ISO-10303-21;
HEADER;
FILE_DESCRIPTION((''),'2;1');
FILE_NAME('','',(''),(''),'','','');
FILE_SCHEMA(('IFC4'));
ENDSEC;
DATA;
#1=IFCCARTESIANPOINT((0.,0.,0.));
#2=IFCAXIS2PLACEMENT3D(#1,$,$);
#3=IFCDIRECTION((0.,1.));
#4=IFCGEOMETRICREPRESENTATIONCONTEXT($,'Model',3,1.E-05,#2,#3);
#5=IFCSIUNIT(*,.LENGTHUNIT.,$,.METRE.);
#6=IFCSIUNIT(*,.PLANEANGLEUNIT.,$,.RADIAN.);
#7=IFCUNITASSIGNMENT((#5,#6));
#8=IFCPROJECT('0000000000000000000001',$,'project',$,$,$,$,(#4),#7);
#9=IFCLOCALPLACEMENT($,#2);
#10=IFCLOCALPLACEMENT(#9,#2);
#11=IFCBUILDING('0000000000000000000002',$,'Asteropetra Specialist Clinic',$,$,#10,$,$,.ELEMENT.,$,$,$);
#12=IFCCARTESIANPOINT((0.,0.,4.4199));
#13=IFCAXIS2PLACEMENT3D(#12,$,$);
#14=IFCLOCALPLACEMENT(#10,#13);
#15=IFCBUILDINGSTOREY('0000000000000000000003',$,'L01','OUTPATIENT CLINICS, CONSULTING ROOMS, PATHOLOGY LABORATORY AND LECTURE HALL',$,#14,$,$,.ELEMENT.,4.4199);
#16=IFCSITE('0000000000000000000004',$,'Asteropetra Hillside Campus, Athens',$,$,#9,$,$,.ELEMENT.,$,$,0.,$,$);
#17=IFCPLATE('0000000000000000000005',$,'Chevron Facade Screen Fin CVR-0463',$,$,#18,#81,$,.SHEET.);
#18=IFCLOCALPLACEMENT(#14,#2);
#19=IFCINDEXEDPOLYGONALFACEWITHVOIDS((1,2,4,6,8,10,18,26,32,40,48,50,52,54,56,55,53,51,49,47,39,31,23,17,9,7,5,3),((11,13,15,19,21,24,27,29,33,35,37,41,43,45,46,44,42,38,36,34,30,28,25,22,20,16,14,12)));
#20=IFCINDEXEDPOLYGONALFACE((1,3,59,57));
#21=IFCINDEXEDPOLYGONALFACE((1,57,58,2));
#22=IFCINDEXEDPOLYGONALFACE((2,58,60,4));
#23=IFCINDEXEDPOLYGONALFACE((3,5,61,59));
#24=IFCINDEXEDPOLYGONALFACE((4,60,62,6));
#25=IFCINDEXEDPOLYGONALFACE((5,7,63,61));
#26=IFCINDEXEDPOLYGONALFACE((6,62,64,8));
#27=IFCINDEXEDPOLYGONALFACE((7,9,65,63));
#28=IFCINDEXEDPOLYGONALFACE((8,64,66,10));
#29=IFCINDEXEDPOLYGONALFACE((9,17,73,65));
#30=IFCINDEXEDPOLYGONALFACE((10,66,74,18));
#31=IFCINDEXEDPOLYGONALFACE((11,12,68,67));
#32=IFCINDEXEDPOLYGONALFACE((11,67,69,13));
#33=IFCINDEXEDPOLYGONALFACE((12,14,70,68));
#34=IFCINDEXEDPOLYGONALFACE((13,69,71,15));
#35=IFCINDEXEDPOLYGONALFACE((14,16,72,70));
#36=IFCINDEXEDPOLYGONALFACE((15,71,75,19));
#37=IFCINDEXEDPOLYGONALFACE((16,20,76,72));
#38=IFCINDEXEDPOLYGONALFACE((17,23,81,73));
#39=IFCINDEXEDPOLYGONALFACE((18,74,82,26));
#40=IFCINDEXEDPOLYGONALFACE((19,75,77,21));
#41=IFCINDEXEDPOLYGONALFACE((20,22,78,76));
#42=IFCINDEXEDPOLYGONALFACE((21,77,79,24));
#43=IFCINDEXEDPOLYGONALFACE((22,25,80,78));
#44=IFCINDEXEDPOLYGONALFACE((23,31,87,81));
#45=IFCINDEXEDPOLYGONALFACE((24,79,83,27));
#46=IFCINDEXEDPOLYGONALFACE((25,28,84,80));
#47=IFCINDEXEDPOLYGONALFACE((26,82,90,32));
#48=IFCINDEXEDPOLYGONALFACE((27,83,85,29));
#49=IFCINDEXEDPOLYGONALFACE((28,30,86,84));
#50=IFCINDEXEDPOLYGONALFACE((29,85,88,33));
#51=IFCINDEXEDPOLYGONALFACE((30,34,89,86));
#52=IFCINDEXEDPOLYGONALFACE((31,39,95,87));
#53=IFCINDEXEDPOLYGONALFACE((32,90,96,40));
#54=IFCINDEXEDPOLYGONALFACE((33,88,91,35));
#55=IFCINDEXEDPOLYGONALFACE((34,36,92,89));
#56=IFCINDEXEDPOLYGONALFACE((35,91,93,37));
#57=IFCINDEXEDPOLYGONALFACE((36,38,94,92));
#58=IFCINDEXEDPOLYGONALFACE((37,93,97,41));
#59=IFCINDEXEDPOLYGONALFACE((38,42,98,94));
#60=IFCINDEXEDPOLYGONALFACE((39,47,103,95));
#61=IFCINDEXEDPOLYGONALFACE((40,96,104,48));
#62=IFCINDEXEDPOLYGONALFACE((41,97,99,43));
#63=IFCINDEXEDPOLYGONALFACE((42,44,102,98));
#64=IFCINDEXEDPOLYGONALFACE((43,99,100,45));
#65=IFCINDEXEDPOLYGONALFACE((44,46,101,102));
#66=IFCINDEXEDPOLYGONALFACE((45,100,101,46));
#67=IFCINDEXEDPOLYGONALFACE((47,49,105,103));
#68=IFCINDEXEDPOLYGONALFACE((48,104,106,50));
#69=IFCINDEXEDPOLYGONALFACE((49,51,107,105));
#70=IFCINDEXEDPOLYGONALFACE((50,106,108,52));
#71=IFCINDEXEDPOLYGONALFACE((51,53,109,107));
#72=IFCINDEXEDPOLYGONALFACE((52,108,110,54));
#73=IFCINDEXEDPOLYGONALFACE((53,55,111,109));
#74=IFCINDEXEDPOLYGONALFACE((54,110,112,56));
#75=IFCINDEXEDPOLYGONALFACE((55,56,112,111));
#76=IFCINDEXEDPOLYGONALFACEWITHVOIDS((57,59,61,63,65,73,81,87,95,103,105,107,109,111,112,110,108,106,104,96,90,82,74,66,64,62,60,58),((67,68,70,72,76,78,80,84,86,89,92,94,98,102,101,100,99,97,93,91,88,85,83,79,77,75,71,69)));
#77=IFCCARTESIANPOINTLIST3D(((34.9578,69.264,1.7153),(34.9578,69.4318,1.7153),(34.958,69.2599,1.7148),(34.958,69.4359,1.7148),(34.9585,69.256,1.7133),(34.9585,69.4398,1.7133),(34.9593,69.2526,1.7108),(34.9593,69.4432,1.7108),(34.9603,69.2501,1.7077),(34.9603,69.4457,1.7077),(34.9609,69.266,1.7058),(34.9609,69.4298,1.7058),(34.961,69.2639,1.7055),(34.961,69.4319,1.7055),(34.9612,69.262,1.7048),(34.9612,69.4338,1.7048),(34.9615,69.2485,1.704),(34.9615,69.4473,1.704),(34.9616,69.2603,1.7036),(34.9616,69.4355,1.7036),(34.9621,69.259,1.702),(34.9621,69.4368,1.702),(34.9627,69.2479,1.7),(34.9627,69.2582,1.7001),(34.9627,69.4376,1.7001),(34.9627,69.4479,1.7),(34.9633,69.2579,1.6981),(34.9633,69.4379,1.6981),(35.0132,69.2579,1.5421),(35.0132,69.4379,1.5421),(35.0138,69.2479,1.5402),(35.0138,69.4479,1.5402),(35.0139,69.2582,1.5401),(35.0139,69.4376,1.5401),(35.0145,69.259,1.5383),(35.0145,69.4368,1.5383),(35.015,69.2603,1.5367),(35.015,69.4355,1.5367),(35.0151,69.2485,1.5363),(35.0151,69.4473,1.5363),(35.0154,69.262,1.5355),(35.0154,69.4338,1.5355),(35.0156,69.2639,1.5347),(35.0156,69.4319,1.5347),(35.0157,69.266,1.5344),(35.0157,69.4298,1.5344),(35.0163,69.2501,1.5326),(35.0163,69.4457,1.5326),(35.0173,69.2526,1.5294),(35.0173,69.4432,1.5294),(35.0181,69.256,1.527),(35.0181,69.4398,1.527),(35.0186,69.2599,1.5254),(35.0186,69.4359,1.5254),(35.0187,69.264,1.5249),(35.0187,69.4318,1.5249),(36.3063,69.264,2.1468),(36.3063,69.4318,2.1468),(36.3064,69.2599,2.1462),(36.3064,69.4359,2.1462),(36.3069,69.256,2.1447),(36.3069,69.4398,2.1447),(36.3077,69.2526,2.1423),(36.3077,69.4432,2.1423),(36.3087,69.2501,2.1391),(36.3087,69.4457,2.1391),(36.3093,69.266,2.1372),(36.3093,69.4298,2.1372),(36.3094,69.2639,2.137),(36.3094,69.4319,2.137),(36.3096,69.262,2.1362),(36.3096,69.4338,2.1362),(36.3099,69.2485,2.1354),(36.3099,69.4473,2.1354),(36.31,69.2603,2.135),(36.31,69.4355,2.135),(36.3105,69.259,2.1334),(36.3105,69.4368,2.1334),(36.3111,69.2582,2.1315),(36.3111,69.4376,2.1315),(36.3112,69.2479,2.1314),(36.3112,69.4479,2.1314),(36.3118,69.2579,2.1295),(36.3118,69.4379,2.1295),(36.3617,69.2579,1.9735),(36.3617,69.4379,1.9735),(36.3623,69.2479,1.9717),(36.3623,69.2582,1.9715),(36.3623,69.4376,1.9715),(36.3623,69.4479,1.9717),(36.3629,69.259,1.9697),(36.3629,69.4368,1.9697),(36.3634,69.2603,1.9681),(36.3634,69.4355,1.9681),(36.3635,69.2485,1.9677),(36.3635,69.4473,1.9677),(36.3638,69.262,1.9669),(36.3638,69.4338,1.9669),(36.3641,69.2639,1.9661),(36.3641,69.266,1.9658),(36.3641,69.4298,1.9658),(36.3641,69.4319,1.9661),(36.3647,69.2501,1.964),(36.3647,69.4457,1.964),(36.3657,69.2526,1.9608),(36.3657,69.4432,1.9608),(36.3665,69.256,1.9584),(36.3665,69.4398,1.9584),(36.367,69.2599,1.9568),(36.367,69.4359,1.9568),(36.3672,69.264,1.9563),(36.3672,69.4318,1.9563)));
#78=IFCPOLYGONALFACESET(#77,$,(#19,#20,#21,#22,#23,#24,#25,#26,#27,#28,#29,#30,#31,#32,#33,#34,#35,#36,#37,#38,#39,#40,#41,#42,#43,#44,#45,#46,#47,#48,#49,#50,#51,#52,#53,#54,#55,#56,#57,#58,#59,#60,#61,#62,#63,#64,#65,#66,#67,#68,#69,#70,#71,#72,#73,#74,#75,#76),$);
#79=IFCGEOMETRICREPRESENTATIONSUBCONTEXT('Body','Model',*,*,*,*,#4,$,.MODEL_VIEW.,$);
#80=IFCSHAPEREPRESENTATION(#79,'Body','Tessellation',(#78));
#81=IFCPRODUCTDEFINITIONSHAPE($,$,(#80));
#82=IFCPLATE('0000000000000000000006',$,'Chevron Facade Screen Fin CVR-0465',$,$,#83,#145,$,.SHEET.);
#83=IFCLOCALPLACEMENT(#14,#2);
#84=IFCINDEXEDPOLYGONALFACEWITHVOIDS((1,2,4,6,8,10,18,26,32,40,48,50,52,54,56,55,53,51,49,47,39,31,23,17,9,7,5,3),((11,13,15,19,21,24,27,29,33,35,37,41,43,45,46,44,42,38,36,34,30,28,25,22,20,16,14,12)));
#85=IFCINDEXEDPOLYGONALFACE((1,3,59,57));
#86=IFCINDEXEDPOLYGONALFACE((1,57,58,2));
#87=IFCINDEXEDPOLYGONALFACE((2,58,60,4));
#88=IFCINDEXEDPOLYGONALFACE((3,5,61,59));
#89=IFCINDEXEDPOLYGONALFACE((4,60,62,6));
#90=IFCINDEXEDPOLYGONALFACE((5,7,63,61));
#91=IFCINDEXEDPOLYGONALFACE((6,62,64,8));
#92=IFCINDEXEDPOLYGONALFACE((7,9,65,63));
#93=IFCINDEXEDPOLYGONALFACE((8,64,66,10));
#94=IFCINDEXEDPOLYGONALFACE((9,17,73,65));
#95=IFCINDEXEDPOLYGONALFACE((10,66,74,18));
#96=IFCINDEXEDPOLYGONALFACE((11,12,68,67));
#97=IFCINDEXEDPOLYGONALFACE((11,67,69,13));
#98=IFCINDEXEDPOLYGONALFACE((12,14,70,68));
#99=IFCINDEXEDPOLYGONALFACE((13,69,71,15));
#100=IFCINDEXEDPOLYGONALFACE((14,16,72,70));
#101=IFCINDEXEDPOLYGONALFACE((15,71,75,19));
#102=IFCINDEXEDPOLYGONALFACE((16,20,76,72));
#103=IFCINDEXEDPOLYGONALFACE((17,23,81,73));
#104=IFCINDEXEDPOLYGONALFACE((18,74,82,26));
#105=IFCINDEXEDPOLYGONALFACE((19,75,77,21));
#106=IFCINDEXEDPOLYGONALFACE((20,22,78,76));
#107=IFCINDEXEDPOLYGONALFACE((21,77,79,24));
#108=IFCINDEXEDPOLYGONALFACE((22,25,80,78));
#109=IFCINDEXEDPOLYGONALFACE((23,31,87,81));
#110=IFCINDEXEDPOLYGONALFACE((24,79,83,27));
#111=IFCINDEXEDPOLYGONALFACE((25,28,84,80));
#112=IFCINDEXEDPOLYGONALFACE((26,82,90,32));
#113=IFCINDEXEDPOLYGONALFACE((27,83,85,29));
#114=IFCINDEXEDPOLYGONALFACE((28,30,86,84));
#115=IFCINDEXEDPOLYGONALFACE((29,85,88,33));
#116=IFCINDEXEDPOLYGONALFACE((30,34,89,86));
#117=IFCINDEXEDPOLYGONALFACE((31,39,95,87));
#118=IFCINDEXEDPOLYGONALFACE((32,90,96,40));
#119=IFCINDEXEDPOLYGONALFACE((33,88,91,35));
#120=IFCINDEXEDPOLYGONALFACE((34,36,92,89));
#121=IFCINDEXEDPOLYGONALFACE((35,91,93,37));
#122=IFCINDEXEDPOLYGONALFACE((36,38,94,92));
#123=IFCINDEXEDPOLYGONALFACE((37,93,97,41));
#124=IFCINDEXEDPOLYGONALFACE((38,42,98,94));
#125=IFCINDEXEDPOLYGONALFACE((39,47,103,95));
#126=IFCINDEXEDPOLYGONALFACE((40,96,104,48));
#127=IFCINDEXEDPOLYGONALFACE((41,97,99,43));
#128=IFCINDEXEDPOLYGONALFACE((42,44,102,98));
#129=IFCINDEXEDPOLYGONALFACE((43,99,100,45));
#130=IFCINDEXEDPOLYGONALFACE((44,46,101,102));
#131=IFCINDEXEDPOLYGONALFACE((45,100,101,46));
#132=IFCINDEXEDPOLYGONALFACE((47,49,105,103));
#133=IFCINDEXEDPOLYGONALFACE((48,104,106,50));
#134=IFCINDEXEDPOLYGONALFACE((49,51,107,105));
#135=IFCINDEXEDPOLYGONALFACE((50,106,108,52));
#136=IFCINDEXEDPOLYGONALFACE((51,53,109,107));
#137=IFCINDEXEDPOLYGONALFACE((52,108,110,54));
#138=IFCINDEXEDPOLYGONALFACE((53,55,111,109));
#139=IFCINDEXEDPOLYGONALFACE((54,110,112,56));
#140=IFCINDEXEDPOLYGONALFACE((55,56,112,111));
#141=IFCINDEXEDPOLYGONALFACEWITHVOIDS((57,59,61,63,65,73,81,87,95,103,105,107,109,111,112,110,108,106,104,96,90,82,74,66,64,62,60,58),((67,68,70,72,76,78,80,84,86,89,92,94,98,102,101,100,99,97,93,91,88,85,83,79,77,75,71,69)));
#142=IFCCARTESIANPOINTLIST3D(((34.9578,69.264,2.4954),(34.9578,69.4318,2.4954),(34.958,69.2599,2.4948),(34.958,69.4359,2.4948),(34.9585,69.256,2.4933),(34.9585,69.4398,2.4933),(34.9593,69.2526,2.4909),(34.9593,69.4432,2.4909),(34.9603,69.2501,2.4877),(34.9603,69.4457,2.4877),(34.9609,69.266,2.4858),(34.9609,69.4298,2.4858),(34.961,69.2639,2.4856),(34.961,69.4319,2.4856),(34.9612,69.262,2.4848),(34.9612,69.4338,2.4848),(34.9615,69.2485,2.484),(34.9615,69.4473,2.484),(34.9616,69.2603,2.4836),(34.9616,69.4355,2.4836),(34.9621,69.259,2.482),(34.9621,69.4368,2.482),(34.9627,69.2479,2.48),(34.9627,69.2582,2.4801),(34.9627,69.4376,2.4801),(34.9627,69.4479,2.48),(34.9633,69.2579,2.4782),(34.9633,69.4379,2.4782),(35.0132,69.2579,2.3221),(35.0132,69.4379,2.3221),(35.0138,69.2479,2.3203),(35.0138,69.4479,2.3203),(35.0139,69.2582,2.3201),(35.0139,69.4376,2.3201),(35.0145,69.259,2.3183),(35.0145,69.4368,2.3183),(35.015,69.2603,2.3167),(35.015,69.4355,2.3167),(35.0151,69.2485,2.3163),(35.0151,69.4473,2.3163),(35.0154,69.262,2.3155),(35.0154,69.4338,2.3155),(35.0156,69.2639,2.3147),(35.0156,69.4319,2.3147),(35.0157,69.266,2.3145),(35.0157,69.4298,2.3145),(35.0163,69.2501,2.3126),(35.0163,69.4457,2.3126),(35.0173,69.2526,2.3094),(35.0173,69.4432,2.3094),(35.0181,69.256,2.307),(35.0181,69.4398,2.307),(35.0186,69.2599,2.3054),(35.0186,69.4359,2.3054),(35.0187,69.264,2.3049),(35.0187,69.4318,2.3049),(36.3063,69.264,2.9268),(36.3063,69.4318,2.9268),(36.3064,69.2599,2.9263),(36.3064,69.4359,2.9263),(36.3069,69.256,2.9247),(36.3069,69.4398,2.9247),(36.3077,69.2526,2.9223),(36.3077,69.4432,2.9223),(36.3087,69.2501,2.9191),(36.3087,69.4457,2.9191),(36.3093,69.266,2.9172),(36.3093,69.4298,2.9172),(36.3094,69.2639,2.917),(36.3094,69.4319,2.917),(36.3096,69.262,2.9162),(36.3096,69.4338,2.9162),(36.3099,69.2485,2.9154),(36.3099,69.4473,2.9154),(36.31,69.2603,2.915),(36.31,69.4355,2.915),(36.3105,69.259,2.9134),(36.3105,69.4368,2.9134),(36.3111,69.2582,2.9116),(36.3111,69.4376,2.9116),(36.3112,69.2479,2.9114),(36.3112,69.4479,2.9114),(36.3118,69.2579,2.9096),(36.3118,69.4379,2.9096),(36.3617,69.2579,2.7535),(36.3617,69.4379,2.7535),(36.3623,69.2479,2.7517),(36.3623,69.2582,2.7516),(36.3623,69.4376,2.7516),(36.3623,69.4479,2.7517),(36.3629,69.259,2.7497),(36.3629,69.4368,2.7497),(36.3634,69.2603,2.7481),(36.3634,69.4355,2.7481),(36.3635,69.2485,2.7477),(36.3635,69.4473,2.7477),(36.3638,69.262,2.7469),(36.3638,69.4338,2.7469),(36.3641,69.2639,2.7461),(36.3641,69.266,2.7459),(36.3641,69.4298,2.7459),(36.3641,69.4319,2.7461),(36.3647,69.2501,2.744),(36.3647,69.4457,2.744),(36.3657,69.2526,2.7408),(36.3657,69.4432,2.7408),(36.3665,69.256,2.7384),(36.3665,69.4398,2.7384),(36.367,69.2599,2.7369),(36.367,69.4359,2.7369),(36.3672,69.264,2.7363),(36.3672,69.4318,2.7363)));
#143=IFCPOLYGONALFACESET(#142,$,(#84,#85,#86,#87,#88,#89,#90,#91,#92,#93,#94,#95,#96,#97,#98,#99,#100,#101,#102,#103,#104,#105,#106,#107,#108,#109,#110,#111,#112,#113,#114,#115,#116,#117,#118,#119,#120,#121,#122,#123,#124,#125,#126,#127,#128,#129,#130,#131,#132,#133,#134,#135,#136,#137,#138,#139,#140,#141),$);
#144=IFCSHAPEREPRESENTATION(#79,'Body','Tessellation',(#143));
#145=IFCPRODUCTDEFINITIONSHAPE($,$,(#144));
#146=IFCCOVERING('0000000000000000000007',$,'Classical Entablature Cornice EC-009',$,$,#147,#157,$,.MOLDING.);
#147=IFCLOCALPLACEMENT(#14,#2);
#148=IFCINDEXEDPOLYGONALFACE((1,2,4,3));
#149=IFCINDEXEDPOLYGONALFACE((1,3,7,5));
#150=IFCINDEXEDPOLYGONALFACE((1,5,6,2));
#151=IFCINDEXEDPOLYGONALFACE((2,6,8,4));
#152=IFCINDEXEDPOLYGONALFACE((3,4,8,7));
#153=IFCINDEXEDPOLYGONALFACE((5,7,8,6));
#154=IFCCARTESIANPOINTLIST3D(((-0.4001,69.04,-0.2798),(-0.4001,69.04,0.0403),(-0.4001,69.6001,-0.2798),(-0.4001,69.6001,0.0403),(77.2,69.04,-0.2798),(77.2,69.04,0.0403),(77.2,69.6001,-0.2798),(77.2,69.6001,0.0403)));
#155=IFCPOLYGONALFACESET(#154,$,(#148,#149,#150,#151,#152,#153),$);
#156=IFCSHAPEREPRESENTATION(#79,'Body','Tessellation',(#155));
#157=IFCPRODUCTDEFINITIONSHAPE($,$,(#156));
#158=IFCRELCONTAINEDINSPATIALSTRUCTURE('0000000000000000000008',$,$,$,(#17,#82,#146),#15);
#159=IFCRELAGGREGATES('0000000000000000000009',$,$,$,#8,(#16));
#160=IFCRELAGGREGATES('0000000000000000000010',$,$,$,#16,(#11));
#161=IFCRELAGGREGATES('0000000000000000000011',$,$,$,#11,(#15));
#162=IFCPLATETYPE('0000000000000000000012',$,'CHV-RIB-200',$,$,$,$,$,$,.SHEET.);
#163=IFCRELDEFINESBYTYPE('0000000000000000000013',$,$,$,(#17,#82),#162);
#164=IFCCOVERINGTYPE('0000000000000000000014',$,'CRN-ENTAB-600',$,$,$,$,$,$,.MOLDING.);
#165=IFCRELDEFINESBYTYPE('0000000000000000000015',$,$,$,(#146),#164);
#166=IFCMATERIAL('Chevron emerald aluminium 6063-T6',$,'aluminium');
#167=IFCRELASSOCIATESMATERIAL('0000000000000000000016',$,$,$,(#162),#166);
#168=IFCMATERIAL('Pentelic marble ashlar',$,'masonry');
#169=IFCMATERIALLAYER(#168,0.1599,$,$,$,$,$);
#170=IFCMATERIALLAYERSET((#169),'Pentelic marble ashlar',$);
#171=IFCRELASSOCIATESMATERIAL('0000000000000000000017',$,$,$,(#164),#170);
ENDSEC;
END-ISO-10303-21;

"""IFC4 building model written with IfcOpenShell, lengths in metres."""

from ifc_helpers import new_model, si_unit, direction, frame, origin, origin_2d, place, context, subcontext, project, spatial, rectangle, hollow_rectangle, extrude, material, layer, layer_set, material_profile, profile_set, type_object, element, save


model = new_model("IFC4")

# Units and contexts
model_context = context("Model", 3, precision=1e-05, world=origin(), true_north=direction((0.0, 1.0)))
body_context = subcontext(model_context, "Body", "Model", "MODEL_VIEW")
ifc_project = project(units=[si_unit("LENGTHUNIT", "METRE"), si_unit("PLANEANGLEUNIT", "RADIAN")], contexts=[model_context])

# Site, building, storey
site_placement = place(None, origin())
site = spatial("IfcSite", under=ifc_project, at=site_placement, Name="Asteropetra Hillside Campus, Athens", CompositionType="ELEMENT", RefElevation=0.0)
building_placement = place(site_placement, origin())
building = spatial("IfcBuilding", under=site, at=building_placement, Name="Asteropetra Specialist Clinic", CompositionType="ELEMENT")
storey_placement = place(building_placement, frame((0.0, 0.0, 4.4199)))
storey = spatial("IfcBuildingStorey", under=building, at=storey_placement, Name="L01", Description="OUTPATIENT CLINICS, CONSULTING ROOMS, PATHOLOGY LABORATORY AND LECTURE HALL", CompositionType="ELEMENT", Elevation=4.4199)

# Plates
ifc_material_1 = material(Name="Chevron emerald aluminium 6063-T6", Category="aluminium")
ifc_material_profile = material_profile(ifc_material_1, hollow_rectangle(XDim=0.2, YDim=0.2, WallThickness=0.01, InnerFilletRadius=0.0081, OuterFilletRadius=0.0161, at=origin_2d()), Name="SHS 200x200x10.0")
ifc_profile_set = profile_set([ifc_material_profile], Name="Chevron emerald aluminium 6063-T6")
plate_type = type_object("IfcPlateType", Name="CHV-RIB-200", PredefinedType="SHEET", material=ifc_profile_set)
for number, where, z_axis, x_axis, name in (
    (1, (34.9883, 69.3479, 1.6201), (0.952442, 0.0, 0.304719), (0.0, 1.0, 0.0), "Chevron Facade Screen Fin CVR-0463"),
    (2, (34.9883, 69.3479, 2.4001), (0.952442, 0.0, 0.304719), (0.0, 1.0, 0.0), "Chevron Facade Screen Fin CVR-0465"),
):
    element("IfcPlate", number, at=place(storey_placement, frame(where, z_axis=z_axis, x_axis=x_axis)), inside=storey, type_object=plate_type, Name=name, PredefinedType="SHEET", context=body_context, shape_type="SweptSolid", body=[
        extrude(hollow_rectangle(XDim=0.2, YDim=0.2, WallThickness=0.01, InnerFilletRadius=0.0081, OuterFilletRadius=0.0161, at=origin_2d()), origin(), (0.0, 0.0, 1.0), 1.4158),
    ])

# Covering
ifc_material_2 = material(Name="Pentelic marble ashlar", Category="masonry")
ifc_layer = layer(ifc_material_2, 0.1599)
ifc_layer_set = layer_set([ifc_layer], Name="Pentelic marble ashlar")
covering_type = type_object("IfcCoveringType", Name="CRN-ENTAB-600", PredefinedType="MOLDING", material=ifc_layer_set)
covering_placement = place(storey_placement, frame((38.3999, 69.3201, -0.2798), z_axis=(0.0, 0.0, 1.0), x_axis=(1.0, 0.0, 0.0)))
element("IfcCovering", 3, at=covering_placement, inside=storey, type_object=covering_type, Name="Classical Entablature Cornice EC-009", PredefinedType="MOLDING", context=body_context, shape_type="SweptSolid", body=[
    extrude(rectangle(XDim=77.6001, YDim=0.5601, at=origin_2d()), origin(), (0.0, 0.0, 1.0), 0.3201),
])

save(model, "model.ifc")
